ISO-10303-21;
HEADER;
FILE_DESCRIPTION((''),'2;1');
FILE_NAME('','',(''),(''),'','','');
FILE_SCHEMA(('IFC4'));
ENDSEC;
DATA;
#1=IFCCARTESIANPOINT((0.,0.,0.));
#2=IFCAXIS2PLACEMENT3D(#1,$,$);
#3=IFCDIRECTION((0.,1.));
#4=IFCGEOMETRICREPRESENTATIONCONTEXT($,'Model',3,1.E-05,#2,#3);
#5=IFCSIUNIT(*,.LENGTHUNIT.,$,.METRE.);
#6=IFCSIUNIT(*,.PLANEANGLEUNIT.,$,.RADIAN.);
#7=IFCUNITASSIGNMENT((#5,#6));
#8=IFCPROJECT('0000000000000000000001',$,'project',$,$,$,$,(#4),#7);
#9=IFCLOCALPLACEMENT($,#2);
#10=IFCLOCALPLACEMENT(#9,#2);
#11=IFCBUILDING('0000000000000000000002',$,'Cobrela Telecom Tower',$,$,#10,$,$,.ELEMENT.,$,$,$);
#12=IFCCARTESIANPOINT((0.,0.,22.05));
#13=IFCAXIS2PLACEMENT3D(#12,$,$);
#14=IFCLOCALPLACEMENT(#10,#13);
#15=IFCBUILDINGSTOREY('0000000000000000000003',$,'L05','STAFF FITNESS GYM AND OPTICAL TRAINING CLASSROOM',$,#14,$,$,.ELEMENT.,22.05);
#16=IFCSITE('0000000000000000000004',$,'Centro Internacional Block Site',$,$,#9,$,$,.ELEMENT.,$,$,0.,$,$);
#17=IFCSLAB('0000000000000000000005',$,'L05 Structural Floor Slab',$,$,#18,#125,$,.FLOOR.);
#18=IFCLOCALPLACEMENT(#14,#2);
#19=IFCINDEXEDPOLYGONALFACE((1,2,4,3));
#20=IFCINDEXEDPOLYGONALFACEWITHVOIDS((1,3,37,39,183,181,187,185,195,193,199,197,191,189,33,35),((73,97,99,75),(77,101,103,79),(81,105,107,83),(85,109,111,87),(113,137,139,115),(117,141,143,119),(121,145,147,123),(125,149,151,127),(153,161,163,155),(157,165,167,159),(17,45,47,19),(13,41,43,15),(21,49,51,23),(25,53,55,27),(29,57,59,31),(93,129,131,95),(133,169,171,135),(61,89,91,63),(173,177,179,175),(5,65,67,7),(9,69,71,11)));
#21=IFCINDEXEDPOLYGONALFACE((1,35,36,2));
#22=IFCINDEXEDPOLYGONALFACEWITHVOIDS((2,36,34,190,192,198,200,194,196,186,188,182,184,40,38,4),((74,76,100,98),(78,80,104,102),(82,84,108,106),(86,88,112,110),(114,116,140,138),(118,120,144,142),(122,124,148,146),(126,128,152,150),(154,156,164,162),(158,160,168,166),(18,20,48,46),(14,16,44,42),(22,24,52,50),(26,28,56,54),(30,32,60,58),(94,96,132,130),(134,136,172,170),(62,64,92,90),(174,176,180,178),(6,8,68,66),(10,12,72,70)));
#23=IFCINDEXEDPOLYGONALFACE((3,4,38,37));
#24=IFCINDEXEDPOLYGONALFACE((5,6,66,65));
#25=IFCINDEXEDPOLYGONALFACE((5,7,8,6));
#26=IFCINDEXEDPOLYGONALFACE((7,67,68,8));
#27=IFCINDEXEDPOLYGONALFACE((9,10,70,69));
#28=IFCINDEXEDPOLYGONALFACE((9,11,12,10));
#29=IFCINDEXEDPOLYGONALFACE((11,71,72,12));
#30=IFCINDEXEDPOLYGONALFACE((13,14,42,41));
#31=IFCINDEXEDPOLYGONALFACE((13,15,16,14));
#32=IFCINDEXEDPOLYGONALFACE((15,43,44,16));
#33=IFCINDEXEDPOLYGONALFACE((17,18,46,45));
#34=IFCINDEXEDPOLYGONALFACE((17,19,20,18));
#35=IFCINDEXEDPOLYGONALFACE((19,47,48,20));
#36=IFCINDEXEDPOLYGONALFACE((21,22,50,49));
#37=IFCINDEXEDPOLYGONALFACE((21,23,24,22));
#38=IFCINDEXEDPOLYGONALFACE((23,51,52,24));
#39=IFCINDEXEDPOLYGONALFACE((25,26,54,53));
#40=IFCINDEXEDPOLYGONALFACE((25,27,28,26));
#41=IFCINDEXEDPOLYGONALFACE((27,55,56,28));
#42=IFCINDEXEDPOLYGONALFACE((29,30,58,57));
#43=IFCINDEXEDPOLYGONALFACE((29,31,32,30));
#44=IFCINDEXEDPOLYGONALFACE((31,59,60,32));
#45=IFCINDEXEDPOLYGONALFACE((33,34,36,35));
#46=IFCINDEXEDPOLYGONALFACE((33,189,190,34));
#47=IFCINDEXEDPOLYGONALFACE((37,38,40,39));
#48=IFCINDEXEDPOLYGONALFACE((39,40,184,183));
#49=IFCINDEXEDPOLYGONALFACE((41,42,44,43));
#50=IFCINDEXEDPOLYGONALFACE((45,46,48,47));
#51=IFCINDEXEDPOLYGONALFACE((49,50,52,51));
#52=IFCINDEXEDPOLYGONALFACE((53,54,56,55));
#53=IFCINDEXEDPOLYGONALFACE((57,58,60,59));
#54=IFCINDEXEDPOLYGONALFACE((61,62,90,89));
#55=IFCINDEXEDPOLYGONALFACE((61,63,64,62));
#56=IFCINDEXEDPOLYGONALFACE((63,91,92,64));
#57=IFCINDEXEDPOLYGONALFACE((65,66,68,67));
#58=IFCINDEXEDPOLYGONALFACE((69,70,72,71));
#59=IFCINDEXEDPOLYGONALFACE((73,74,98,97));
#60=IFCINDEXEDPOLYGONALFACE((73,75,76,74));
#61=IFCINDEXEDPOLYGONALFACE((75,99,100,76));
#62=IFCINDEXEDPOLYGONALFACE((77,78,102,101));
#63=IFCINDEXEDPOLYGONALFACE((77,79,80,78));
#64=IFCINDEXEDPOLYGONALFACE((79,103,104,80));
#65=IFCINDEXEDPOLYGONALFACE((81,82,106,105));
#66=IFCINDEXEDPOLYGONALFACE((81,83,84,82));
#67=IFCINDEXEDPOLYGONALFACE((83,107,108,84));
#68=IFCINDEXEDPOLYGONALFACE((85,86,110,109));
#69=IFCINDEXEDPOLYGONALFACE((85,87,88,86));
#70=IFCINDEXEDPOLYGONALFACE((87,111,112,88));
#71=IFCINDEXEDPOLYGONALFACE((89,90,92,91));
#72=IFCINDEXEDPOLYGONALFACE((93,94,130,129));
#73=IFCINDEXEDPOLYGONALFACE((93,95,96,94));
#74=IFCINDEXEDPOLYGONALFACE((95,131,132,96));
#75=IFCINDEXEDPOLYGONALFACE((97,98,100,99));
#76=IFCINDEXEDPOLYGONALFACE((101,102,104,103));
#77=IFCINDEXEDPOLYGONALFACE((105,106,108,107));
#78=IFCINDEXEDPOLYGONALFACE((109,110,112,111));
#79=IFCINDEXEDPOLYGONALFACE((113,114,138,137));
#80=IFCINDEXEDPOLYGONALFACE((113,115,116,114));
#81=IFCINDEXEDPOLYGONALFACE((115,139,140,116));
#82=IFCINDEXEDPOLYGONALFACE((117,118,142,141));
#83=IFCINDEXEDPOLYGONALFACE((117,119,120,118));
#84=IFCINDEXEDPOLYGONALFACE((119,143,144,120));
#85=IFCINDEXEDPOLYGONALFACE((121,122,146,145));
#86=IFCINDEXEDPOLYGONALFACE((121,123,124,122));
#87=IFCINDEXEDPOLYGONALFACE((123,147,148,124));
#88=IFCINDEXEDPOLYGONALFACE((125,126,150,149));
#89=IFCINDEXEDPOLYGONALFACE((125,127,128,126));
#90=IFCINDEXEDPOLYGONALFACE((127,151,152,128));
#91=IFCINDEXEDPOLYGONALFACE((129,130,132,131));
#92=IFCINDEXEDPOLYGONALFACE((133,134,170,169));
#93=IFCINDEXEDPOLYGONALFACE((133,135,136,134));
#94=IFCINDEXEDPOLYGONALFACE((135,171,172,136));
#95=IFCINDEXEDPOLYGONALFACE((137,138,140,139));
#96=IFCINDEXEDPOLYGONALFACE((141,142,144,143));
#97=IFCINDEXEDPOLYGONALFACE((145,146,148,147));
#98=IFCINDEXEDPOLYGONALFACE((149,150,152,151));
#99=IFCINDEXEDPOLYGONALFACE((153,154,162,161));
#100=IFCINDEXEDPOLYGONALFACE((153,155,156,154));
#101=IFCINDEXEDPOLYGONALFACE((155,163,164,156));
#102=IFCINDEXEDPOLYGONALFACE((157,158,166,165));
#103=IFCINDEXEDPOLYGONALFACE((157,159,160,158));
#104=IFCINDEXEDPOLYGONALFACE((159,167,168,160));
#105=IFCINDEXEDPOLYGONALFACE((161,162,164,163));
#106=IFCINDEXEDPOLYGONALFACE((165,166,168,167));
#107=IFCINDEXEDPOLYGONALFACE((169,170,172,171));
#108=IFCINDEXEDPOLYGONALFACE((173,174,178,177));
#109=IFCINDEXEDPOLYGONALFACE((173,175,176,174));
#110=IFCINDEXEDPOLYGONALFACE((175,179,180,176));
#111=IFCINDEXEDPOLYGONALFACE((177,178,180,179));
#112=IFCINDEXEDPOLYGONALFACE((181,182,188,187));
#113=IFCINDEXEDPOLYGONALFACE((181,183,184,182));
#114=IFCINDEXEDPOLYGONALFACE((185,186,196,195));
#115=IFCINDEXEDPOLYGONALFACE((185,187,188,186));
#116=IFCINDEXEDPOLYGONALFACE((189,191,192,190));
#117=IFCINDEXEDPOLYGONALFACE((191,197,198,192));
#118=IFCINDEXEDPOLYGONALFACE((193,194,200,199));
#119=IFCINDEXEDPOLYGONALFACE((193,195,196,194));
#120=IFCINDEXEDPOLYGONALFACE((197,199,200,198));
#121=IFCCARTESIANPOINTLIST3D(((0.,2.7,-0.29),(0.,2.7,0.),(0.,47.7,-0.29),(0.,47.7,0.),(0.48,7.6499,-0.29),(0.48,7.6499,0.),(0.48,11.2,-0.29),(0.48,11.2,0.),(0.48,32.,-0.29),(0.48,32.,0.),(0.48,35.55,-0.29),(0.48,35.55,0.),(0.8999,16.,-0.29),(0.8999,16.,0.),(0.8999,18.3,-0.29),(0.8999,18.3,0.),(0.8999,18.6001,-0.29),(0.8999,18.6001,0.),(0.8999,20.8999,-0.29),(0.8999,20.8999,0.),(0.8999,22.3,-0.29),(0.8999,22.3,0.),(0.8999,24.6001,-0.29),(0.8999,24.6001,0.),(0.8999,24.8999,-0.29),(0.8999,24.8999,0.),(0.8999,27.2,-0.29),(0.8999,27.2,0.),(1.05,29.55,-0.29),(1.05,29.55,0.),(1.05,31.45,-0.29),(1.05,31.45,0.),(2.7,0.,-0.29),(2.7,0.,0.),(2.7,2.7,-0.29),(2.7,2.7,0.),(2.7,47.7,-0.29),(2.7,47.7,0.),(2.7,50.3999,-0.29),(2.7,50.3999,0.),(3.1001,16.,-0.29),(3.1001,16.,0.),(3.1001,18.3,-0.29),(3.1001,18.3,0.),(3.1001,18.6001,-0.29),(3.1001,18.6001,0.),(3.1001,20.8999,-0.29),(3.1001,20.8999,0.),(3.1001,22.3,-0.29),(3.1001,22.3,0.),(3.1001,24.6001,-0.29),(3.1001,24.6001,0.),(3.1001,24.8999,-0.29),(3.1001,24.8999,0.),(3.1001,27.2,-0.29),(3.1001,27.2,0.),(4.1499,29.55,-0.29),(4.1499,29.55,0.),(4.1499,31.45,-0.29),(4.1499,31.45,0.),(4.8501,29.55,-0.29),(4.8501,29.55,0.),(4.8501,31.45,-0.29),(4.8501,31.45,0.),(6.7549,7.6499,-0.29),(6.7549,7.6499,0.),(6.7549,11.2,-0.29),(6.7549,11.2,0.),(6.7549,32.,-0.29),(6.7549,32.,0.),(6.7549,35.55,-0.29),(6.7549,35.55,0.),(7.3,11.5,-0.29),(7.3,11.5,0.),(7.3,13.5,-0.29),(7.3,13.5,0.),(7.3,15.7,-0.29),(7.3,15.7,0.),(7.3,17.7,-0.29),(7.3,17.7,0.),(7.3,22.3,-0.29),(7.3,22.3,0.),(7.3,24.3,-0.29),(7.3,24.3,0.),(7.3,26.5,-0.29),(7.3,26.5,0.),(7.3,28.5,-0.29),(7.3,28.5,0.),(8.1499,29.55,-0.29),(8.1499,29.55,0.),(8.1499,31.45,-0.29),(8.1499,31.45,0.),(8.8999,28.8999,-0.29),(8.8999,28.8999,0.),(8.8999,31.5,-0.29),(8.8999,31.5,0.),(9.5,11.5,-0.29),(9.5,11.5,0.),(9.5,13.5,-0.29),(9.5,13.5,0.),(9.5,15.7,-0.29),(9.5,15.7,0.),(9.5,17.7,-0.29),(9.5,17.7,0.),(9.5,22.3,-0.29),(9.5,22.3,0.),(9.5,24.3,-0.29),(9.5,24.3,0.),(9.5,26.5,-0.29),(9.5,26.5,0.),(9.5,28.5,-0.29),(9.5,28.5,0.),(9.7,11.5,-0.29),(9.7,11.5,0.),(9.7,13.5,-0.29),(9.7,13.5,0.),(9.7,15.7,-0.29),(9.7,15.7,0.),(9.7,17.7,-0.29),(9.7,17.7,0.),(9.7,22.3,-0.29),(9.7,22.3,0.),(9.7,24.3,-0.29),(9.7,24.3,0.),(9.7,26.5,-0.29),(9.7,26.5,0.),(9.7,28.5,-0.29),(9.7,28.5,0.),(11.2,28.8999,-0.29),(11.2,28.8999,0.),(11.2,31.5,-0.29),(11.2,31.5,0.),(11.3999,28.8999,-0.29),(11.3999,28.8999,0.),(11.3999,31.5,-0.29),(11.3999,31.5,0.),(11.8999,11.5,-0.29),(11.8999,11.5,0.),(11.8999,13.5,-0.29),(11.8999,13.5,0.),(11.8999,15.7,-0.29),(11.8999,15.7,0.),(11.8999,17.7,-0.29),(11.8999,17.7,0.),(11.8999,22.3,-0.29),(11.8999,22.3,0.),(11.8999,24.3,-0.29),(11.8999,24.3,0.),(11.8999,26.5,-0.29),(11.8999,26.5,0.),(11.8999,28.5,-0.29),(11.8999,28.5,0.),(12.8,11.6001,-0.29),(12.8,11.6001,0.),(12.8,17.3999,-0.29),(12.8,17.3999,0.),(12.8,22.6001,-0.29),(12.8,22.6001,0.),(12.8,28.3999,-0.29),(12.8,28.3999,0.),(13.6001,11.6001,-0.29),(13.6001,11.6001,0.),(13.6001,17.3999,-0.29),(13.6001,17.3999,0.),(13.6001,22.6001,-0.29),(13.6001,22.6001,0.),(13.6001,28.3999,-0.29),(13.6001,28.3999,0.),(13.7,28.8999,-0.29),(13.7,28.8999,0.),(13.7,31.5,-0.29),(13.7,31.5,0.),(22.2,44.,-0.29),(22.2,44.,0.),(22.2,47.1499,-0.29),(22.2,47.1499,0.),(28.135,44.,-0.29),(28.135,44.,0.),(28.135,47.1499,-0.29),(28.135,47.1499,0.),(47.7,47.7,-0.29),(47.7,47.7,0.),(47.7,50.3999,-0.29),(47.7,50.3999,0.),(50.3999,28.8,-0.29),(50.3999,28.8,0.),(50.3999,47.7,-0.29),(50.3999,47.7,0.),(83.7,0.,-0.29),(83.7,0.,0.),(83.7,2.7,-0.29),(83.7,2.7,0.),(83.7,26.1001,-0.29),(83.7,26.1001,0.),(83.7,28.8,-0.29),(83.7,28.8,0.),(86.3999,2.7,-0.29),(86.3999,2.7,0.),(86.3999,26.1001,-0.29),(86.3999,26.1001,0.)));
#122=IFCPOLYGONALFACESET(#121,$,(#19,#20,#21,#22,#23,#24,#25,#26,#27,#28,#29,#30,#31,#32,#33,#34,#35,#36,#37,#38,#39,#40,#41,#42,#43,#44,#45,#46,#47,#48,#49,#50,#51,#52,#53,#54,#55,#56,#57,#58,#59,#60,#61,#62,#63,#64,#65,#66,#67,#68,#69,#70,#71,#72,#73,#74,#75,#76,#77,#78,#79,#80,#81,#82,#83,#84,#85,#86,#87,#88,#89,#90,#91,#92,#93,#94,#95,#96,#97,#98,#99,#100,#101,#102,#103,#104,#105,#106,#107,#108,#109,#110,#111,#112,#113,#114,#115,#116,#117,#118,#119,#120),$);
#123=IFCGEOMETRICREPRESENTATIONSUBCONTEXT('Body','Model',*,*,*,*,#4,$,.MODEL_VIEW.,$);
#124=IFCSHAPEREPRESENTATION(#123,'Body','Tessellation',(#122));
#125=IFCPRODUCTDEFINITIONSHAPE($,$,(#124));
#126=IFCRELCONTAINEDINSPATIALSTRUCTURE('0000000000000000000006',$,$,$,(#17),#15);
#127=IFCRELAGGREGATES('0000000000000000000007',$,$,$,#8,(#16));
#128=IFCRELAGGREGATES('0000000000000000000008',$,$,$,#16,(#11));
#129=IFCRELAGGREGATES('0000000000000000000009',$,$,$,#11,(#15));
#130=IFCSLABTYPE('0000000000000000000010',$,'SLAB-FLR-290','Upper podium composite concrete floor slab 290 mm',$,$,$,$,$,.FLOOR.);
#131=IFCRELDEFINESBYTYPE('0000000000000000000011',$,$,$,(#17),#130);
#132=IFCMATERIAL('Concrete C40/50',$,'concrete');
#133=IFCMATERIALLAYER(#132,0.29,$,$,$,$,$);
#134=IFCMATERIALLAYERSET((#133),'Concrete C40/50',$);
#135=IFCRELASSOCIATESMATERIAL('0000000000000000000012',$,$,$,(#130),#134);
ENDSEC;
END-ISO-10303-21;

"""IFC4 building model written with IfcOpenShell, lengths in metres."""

from ifc_helpers import new_model, si_unit, direction, frame, origin, place, context, subcontext, project, spatial, polyline, outline, extrude, material, layer, layer_set, type_object, element, save


model = new_model("IFC4")

# Units and contexts
model_context = context("Model", 3, precision=1e-05, world=origin(), true_north=direction((0.0, 1.0)))
body_context = subcontext(model_context, "Body", "Model", "MODEL_VIEW")
ifc_project = project(units=[si_unit("LENGTHUNIT", "METRE"), si_unit("PLANEANGLEUNIT", "RADIAN")], contexts=[model_context])

# Site, building, storey
site_placement = place(None, origin())
site = spatial("IfcSite", under=ifc_project, at=site_placement, Name="Centro Internacional Block Site", CompositionType="ELEMENT", RefElevation=0.0)
building_placement = place(site_placement, origin())
building = spatial("IfcBuilding", under=site, at=building_placement, Name="Cobrela Telecom Tower", CompositionType="ELEMENT")
storey_placement = place(building_placement, frame((0.0, 0.0, 22.05)))
storey = spatial("IfcBuildingStorey", under=building, at=storey_placement, Name="L05", Description="STAFF FITNESS GYM AND OPTICAL TRAINING CLASSROOM", CompositionType="ELEMENT", Elevation=22.05)

# Slab, openings
ifc_material_1 = material(Name="Concrete C40/50", Category="concrete")
ifc_layer_1 = layer(ifc_material_1, 0.29)
ifc_layer_set_1 = layer_set([ifc_layer_1], Name="Concrete C40/50")
slab_type_1 = type_object("IfcSlabType", Name="SLAB-FLR-290", Description="Upper podium composite concrete floor slab 290 mm", PredefinedType="FLOOR", material=ifc_layer_set_1)
slab_1_placement = place(storey_placement, frame((0.0, 0.0, -0.29)))
slab_1 = element("IfcSlab", 1, at=slab_1_placement, inside=storey, type_object=slab_type_1, Name="L05 Structural Floor Slab", PredefinedType="FLOOR", context=body_context, shape_type="SweptSolid", body=[
    extrude(outline(polyline([(2.7, 0.0), (83.7, 0.0), (83.7, 2.7), (86.3999, 2.7), (86.3999, 26.1001), (83.7, 26.1001), (83.7, 28.8), (50.3999, 28.8), (50.3999, 47.7), (47.7, 47.7), (47.7, 50.3999), (2.7, 50.3999), (2.7, 47.7), (0.0, 47.7), (0.0, 2.7), (2.7, 2.7), (2.7, 0.0)])), origin(), (0.0, 0.0, 1.0), 0.29),
])
opening_1_placement = place(slab_1_placement, frame((0.0, 0.0, -0.02)))
element("IfcOpeningElement", 2, at=opening_1_placement, cuts=slab_1, PredefinedType="OPENING", context=body_context, shape_type="SweptSolid", body=[
    extrude(outline(polyline([(8.8999, 28.8999), (11.2, 28.8999), (11.2, 31.5), (8.8999, 31.5), (8.8999, 28.8999)])), origin(), (0.0, 0.0, 1.0), 0.3301),
])
opening_2_placement = place(slab_1_placement, frame((0.0, 0.0, -0.02)))
element("IfcOpeningElement", 3, at=opening_2_placement, cuts=slab_1, PredefinedType="OPENING", context=body_context, shape_type="SweptSolid", body=[
    extrude(outline(polyline([(11.3999, 28.8999), (13.7, 28.8999), (13.7, 31.5), (11.3999, 31.5), (11.3999, 28.8999)])), origin(), (0.0, 0.0, 1.0), 0.3301),
])
opening_3_placement = place(slab_1_placement, frame((0.0, 0.0, -0.02)))
element("IfcOpeningElement", 4, at=opening_3_placement, cuts=slab_1, PredefinedType="OPENING", context=body_context, shape_type="SweptSolid", body=[
    extrude(outline(polyline([(7.3, 22.3), (9.5, 22.3), (9.5, 24.3), (7.3, 24.3), (7.3, 22.3)])), origin(), (0.0, 0.0, 1.0), 0.3301),
])
opening_4_placement = place(slab_1_placement, frame((0.0, 0.0, -0.02)))
element("IfcOpeningElement", 5, at=opening_4_placement, cuts=slab_1, PredefinedType="OPENING", context=body_context, shape_type="SweptSolid", body=[
    extrude(outline(polyline([(9.7, 22.3), (11.8999, 22.3), (11.8999, 24.3), (9.7, 24.3), (9.7, 22.3)])), origin(), (0.0, 0.0, 1.0), 0.3301),
])
opening_5_placement = place(slab_1_placement, frame((0.0, 0.0, -0.02)))
element("IfcOpeningElement", 6, at=opening_5_placement, cuts=slab_1, PredefinedType="OPENING", context=body_context, shape_type="SweptSolid", body=[
    extrude(outline(polyline([(7.3, 26.5), (9.5, 26.5), (9.5, 28.5), (7.3, 28.5), (7.3, 26.5)])), origin(), (0.0, 0.0, 1.0), 0.3301),
])
opening_6_placement = place(slab_1_placement, frame((0.0, 0.0, -0.02)))
element("IfcOpeningElement", 7, at=opening_6_placement, cuts=slab_1, PredefinedType="OPENING", context=body_context, shape_type="SweptSolid", body=[
    extrude(outline(polyline([(9.7, 26.5), (11.8999, 26.5), (11.8999, 28.5), (9.7, 28.5), (9.7, 26.5)])), origin(), (0.0, 0.0, 1.0), 0.3301),
])
opening_7_placement = place(slab_1_placement, frame((0.0, 0.0, -0.02)))
element("IfcOpeningElement", 8, at=opening_7_placement, cuts=slab_1, PredefinedType="OPENING", context=body_context, shape_type="SweptSolid", body=[
    extrude(outline(polyline([(7.3, 15.7), (9.5, 15.7), (9.5, 17.7), (7.3, 17.7), (7.3, 15.7)])), origin(), (0.0, 0.0, 1.0), 0.3301),
])
opening_8_placement = place(slab_1_placement, frame((0.0, 0.0, -0.02)))
element("IfcOpeningElement", 9, at=opening_8_placement, cuts=slab_1, PredefinedType="OPENING", context=body_context, shape_type="SweptSolid", body=[
    extrude(outline(polyline([(9.7, 15.7), (11.8999, 15.7), (11.8999, 17.7), (9.7, 17.7), (9.7, 15.7)])), origin(), (0.0, 0.0, 1.0), 0.3301),
])
opening_9_placement = place(slab_1_placement, frame((0.0, 0.0, -0.02)))
element("IfcOpeningElement", 10, at=opening_9_placement, cuts=slab_1, PredefinedType="OPENING", context=body_context, shape_type="SweptSolid", body=[
    extrude(outline(polyline([(7.3, 11.5), (9.5, 11.5), (9.5, 13.5), (7.3, 13.5), (7.3, 11.5)])), origin(), (0.0, 0.0, 1.0), 0.3301),
])
opening_10_placement = place(slab_1_placement, frame((0.0, 0.0, -0.02)))
element("IfcOpeningElement", 11, at=opening_10_placement, cuts=slab_1, PredefinedType="OPENING", context=body_context, shape_type="SweptSolid", body=[
    extrude(outline(polyline([(9.7, 11.5), (11.8999, 11.5), (11.8999, 13.5), (9.7, 13.5), (9.7, 11.5)])), origin(), (0.0, 0.0, 1.0), 0.3301),
])
opening_11_placement = place(slab_1_placement, frame((0.0, 0.0, -0.02)))
element("IfcOpeningElement", 12, at=opening_11_placement, cuts=slab_1, PredefinedType="OPENING", context=body_context, shape_type="SweptSolid", body=[
    extrude(outline(polyline([(0.8999, 16.0), (3.1001, 16.0), (3.1001, 18.3), (0.8999, 18.3), (0.8999, 16.0)])), origin(), (0.0, 0.0, 1.0), 0.3301),
])
opening_12_placement = place(slab_1_placement, frame((0.0, 0.0, -0.02)))
element("IfcOpeningElement", 13, at=opening_12_placement, cuts=slab_1, PredefinedType="OPENING", context=body_context, shape_type="SweptSolid", body=[
    extrude(outline(polyline([(0.8999, 18.6001), (3.1001, 18.6001), (3.1001, 20.8999), (0.8999, 20.8999), (0.8999, 18.6001)])), origin(), (0.0, 0.0, 1.0), 0.3301),
])
opening_13_placement = place(slab_1_placement, frame((0.0, 0.0, -0.02)))
element("IfcOpeningElement", 14, at=opening_13_placement, cuts=slab_1, PredefinedType="OPENING", context=body_context, shape_type="SweptSolid", body=[
    extrude(outline(polyline([(0.8999, 22.3), (3.1001, 22.3), (3.1001, 24.6001), (0.8999, 24.6001), (0.8999, 22.3)])), origin(), (0.0, 0.0, 1.0), 0.3301),
])
opening_14_placement = place(slab_1_placement, frame((0.0, 0.0, -0.02)))
element("IfcOpeningElement", 15, at=opening_14_placement, cuts=slab_1, PredefinedType="OPENING", context=body_context, shape_type="SweptSolid", body=[
    extrude(outline(polyline([(0.8999, 24.8999), (3.1001, 24.8999), (3.1001, 27.2), (0.8999, 27.2), (0.8999, 24.8999)])), origin(), (0.0, 0.0, 1.0), 0.3301),
])
opening_15_placement = place(slab_1_placement, frame((0.0, 0.0, -0.02)))
element("IfcOpeningElement", 16, at=opening_15_placement, cuts=slab_1, PredefinedType="OPENING", context=body_context, shape_type="SweptSolid", body=[
    extrude(outline(polyline([(1.05, 29.55), (4.1499, 29.55), (4.1499, 31.45), (1.05, 31.45), (1.05, 29.55)])), origin(), (0.0, 0.0, 1.0), 0.3301),
])
opening_16_placement = place(slab_1_placement, frame((0.0, 0.0, -0.02)))
element("IfcOpeningElement", 17, at=opening_16_placement, cuts=slab_1, PredefinedType="OPENING", context=body_context, shape_type="SweptSolid", body=[
    extrude(outline(polyline([(4.8501, 29.55), (8.1499, 29.55), (8.1499, 31.45), (4.8501, 31.45), (4.8501, 29.55)])), origin(), (0.0, 0.0, 1.0), 0.3301),
])
opening_17_placement = place(slab_1_placement, frame((0.0, 0.0, -0.02)))
element("IfcOpeningElement", 18, at=opening_17_placement, cuts=slab_1, PredefinedType="OPENING", context=body_context, shape_type="SweptSolid", body=[
    extrude(outline(polyline([(12.8, 22.6001), (13.6001, 22.6001), (13.6001, 28.3999), (12.8, 28.3999), (12.8, 22.6001)])), origin(), (0.0, 0.0, 1.0), 0.3301),
])
opening_18_placement = place(slab_1_placement, frame((0.0, 0.0, -0.02)))
element("IfcOpeningElement", 19, at=opening_18_placement, cuts=slab_1, PredefinedType="OPENING", context=body_context, shape_type="SweptSolid", body=[
    extrude(outline(polyline([(12.8, 11.6001), (13.6001, 11.6001), (13.6001, 17.3999), (12.8, 17.3999), (12.8, 11.6001)])), origin(), (0.0, 0.0, 1.0), 0.3301),
])
opening_19_placement = place(slab_1_placement, frame((0.0, 0.0, -0.02)))
element("IfcOpeningElement", 20, at=opening_19_placement, cuts=slab_1, PredefinedType="OPENING", context=body_context, shape_type="SweptSolid", body=[
    extrude(outline(polyline([(6.7549, 35.55), (0.48, 35.55), (0.48, 32.0), (6.7549, 32.0), (6.7549, 35.55)])), origin(), (0.0, 0.0, 1.0), 0.3301),
])
opening_20_placement = place(slab_1_placement, frame((0.0, 0.0, -0.02)))
element("IfcOpeningElement", 21, at=opening_20_placement, cuts=slab_1, PredefinedType="OPENING", context=body_context, shape_type="SweptSolid", body=[
    extrude(outline(polyline([(6.7549, 11.2), (0.48, 11.2), (0.48, 7.6499), (6.7549, 7.6499), (6.7549, 11.2)])), origin(), (0.0, 0.0, 1.0), 0.3301),
])
opening_21_placement = place(slab_1_placement, frame((0.0, 0.0, -0.02)))
element("IfcOpeningElement", 22, at=opening_21_placement, cuts=slab_1, PredefinedType="OPENING", context=body_context, shape_type="SweptSolid", body=[
    extrude(outline(polyline([(28.135, 47.1499), (22.2, 47.1499), (22.2, 44.0), (28.135, 44.0), (28.135, 47.1499)])), origin(), (0.0, 0.0, 1.0), 0.3301),
])

save(model, "model.ifc")
